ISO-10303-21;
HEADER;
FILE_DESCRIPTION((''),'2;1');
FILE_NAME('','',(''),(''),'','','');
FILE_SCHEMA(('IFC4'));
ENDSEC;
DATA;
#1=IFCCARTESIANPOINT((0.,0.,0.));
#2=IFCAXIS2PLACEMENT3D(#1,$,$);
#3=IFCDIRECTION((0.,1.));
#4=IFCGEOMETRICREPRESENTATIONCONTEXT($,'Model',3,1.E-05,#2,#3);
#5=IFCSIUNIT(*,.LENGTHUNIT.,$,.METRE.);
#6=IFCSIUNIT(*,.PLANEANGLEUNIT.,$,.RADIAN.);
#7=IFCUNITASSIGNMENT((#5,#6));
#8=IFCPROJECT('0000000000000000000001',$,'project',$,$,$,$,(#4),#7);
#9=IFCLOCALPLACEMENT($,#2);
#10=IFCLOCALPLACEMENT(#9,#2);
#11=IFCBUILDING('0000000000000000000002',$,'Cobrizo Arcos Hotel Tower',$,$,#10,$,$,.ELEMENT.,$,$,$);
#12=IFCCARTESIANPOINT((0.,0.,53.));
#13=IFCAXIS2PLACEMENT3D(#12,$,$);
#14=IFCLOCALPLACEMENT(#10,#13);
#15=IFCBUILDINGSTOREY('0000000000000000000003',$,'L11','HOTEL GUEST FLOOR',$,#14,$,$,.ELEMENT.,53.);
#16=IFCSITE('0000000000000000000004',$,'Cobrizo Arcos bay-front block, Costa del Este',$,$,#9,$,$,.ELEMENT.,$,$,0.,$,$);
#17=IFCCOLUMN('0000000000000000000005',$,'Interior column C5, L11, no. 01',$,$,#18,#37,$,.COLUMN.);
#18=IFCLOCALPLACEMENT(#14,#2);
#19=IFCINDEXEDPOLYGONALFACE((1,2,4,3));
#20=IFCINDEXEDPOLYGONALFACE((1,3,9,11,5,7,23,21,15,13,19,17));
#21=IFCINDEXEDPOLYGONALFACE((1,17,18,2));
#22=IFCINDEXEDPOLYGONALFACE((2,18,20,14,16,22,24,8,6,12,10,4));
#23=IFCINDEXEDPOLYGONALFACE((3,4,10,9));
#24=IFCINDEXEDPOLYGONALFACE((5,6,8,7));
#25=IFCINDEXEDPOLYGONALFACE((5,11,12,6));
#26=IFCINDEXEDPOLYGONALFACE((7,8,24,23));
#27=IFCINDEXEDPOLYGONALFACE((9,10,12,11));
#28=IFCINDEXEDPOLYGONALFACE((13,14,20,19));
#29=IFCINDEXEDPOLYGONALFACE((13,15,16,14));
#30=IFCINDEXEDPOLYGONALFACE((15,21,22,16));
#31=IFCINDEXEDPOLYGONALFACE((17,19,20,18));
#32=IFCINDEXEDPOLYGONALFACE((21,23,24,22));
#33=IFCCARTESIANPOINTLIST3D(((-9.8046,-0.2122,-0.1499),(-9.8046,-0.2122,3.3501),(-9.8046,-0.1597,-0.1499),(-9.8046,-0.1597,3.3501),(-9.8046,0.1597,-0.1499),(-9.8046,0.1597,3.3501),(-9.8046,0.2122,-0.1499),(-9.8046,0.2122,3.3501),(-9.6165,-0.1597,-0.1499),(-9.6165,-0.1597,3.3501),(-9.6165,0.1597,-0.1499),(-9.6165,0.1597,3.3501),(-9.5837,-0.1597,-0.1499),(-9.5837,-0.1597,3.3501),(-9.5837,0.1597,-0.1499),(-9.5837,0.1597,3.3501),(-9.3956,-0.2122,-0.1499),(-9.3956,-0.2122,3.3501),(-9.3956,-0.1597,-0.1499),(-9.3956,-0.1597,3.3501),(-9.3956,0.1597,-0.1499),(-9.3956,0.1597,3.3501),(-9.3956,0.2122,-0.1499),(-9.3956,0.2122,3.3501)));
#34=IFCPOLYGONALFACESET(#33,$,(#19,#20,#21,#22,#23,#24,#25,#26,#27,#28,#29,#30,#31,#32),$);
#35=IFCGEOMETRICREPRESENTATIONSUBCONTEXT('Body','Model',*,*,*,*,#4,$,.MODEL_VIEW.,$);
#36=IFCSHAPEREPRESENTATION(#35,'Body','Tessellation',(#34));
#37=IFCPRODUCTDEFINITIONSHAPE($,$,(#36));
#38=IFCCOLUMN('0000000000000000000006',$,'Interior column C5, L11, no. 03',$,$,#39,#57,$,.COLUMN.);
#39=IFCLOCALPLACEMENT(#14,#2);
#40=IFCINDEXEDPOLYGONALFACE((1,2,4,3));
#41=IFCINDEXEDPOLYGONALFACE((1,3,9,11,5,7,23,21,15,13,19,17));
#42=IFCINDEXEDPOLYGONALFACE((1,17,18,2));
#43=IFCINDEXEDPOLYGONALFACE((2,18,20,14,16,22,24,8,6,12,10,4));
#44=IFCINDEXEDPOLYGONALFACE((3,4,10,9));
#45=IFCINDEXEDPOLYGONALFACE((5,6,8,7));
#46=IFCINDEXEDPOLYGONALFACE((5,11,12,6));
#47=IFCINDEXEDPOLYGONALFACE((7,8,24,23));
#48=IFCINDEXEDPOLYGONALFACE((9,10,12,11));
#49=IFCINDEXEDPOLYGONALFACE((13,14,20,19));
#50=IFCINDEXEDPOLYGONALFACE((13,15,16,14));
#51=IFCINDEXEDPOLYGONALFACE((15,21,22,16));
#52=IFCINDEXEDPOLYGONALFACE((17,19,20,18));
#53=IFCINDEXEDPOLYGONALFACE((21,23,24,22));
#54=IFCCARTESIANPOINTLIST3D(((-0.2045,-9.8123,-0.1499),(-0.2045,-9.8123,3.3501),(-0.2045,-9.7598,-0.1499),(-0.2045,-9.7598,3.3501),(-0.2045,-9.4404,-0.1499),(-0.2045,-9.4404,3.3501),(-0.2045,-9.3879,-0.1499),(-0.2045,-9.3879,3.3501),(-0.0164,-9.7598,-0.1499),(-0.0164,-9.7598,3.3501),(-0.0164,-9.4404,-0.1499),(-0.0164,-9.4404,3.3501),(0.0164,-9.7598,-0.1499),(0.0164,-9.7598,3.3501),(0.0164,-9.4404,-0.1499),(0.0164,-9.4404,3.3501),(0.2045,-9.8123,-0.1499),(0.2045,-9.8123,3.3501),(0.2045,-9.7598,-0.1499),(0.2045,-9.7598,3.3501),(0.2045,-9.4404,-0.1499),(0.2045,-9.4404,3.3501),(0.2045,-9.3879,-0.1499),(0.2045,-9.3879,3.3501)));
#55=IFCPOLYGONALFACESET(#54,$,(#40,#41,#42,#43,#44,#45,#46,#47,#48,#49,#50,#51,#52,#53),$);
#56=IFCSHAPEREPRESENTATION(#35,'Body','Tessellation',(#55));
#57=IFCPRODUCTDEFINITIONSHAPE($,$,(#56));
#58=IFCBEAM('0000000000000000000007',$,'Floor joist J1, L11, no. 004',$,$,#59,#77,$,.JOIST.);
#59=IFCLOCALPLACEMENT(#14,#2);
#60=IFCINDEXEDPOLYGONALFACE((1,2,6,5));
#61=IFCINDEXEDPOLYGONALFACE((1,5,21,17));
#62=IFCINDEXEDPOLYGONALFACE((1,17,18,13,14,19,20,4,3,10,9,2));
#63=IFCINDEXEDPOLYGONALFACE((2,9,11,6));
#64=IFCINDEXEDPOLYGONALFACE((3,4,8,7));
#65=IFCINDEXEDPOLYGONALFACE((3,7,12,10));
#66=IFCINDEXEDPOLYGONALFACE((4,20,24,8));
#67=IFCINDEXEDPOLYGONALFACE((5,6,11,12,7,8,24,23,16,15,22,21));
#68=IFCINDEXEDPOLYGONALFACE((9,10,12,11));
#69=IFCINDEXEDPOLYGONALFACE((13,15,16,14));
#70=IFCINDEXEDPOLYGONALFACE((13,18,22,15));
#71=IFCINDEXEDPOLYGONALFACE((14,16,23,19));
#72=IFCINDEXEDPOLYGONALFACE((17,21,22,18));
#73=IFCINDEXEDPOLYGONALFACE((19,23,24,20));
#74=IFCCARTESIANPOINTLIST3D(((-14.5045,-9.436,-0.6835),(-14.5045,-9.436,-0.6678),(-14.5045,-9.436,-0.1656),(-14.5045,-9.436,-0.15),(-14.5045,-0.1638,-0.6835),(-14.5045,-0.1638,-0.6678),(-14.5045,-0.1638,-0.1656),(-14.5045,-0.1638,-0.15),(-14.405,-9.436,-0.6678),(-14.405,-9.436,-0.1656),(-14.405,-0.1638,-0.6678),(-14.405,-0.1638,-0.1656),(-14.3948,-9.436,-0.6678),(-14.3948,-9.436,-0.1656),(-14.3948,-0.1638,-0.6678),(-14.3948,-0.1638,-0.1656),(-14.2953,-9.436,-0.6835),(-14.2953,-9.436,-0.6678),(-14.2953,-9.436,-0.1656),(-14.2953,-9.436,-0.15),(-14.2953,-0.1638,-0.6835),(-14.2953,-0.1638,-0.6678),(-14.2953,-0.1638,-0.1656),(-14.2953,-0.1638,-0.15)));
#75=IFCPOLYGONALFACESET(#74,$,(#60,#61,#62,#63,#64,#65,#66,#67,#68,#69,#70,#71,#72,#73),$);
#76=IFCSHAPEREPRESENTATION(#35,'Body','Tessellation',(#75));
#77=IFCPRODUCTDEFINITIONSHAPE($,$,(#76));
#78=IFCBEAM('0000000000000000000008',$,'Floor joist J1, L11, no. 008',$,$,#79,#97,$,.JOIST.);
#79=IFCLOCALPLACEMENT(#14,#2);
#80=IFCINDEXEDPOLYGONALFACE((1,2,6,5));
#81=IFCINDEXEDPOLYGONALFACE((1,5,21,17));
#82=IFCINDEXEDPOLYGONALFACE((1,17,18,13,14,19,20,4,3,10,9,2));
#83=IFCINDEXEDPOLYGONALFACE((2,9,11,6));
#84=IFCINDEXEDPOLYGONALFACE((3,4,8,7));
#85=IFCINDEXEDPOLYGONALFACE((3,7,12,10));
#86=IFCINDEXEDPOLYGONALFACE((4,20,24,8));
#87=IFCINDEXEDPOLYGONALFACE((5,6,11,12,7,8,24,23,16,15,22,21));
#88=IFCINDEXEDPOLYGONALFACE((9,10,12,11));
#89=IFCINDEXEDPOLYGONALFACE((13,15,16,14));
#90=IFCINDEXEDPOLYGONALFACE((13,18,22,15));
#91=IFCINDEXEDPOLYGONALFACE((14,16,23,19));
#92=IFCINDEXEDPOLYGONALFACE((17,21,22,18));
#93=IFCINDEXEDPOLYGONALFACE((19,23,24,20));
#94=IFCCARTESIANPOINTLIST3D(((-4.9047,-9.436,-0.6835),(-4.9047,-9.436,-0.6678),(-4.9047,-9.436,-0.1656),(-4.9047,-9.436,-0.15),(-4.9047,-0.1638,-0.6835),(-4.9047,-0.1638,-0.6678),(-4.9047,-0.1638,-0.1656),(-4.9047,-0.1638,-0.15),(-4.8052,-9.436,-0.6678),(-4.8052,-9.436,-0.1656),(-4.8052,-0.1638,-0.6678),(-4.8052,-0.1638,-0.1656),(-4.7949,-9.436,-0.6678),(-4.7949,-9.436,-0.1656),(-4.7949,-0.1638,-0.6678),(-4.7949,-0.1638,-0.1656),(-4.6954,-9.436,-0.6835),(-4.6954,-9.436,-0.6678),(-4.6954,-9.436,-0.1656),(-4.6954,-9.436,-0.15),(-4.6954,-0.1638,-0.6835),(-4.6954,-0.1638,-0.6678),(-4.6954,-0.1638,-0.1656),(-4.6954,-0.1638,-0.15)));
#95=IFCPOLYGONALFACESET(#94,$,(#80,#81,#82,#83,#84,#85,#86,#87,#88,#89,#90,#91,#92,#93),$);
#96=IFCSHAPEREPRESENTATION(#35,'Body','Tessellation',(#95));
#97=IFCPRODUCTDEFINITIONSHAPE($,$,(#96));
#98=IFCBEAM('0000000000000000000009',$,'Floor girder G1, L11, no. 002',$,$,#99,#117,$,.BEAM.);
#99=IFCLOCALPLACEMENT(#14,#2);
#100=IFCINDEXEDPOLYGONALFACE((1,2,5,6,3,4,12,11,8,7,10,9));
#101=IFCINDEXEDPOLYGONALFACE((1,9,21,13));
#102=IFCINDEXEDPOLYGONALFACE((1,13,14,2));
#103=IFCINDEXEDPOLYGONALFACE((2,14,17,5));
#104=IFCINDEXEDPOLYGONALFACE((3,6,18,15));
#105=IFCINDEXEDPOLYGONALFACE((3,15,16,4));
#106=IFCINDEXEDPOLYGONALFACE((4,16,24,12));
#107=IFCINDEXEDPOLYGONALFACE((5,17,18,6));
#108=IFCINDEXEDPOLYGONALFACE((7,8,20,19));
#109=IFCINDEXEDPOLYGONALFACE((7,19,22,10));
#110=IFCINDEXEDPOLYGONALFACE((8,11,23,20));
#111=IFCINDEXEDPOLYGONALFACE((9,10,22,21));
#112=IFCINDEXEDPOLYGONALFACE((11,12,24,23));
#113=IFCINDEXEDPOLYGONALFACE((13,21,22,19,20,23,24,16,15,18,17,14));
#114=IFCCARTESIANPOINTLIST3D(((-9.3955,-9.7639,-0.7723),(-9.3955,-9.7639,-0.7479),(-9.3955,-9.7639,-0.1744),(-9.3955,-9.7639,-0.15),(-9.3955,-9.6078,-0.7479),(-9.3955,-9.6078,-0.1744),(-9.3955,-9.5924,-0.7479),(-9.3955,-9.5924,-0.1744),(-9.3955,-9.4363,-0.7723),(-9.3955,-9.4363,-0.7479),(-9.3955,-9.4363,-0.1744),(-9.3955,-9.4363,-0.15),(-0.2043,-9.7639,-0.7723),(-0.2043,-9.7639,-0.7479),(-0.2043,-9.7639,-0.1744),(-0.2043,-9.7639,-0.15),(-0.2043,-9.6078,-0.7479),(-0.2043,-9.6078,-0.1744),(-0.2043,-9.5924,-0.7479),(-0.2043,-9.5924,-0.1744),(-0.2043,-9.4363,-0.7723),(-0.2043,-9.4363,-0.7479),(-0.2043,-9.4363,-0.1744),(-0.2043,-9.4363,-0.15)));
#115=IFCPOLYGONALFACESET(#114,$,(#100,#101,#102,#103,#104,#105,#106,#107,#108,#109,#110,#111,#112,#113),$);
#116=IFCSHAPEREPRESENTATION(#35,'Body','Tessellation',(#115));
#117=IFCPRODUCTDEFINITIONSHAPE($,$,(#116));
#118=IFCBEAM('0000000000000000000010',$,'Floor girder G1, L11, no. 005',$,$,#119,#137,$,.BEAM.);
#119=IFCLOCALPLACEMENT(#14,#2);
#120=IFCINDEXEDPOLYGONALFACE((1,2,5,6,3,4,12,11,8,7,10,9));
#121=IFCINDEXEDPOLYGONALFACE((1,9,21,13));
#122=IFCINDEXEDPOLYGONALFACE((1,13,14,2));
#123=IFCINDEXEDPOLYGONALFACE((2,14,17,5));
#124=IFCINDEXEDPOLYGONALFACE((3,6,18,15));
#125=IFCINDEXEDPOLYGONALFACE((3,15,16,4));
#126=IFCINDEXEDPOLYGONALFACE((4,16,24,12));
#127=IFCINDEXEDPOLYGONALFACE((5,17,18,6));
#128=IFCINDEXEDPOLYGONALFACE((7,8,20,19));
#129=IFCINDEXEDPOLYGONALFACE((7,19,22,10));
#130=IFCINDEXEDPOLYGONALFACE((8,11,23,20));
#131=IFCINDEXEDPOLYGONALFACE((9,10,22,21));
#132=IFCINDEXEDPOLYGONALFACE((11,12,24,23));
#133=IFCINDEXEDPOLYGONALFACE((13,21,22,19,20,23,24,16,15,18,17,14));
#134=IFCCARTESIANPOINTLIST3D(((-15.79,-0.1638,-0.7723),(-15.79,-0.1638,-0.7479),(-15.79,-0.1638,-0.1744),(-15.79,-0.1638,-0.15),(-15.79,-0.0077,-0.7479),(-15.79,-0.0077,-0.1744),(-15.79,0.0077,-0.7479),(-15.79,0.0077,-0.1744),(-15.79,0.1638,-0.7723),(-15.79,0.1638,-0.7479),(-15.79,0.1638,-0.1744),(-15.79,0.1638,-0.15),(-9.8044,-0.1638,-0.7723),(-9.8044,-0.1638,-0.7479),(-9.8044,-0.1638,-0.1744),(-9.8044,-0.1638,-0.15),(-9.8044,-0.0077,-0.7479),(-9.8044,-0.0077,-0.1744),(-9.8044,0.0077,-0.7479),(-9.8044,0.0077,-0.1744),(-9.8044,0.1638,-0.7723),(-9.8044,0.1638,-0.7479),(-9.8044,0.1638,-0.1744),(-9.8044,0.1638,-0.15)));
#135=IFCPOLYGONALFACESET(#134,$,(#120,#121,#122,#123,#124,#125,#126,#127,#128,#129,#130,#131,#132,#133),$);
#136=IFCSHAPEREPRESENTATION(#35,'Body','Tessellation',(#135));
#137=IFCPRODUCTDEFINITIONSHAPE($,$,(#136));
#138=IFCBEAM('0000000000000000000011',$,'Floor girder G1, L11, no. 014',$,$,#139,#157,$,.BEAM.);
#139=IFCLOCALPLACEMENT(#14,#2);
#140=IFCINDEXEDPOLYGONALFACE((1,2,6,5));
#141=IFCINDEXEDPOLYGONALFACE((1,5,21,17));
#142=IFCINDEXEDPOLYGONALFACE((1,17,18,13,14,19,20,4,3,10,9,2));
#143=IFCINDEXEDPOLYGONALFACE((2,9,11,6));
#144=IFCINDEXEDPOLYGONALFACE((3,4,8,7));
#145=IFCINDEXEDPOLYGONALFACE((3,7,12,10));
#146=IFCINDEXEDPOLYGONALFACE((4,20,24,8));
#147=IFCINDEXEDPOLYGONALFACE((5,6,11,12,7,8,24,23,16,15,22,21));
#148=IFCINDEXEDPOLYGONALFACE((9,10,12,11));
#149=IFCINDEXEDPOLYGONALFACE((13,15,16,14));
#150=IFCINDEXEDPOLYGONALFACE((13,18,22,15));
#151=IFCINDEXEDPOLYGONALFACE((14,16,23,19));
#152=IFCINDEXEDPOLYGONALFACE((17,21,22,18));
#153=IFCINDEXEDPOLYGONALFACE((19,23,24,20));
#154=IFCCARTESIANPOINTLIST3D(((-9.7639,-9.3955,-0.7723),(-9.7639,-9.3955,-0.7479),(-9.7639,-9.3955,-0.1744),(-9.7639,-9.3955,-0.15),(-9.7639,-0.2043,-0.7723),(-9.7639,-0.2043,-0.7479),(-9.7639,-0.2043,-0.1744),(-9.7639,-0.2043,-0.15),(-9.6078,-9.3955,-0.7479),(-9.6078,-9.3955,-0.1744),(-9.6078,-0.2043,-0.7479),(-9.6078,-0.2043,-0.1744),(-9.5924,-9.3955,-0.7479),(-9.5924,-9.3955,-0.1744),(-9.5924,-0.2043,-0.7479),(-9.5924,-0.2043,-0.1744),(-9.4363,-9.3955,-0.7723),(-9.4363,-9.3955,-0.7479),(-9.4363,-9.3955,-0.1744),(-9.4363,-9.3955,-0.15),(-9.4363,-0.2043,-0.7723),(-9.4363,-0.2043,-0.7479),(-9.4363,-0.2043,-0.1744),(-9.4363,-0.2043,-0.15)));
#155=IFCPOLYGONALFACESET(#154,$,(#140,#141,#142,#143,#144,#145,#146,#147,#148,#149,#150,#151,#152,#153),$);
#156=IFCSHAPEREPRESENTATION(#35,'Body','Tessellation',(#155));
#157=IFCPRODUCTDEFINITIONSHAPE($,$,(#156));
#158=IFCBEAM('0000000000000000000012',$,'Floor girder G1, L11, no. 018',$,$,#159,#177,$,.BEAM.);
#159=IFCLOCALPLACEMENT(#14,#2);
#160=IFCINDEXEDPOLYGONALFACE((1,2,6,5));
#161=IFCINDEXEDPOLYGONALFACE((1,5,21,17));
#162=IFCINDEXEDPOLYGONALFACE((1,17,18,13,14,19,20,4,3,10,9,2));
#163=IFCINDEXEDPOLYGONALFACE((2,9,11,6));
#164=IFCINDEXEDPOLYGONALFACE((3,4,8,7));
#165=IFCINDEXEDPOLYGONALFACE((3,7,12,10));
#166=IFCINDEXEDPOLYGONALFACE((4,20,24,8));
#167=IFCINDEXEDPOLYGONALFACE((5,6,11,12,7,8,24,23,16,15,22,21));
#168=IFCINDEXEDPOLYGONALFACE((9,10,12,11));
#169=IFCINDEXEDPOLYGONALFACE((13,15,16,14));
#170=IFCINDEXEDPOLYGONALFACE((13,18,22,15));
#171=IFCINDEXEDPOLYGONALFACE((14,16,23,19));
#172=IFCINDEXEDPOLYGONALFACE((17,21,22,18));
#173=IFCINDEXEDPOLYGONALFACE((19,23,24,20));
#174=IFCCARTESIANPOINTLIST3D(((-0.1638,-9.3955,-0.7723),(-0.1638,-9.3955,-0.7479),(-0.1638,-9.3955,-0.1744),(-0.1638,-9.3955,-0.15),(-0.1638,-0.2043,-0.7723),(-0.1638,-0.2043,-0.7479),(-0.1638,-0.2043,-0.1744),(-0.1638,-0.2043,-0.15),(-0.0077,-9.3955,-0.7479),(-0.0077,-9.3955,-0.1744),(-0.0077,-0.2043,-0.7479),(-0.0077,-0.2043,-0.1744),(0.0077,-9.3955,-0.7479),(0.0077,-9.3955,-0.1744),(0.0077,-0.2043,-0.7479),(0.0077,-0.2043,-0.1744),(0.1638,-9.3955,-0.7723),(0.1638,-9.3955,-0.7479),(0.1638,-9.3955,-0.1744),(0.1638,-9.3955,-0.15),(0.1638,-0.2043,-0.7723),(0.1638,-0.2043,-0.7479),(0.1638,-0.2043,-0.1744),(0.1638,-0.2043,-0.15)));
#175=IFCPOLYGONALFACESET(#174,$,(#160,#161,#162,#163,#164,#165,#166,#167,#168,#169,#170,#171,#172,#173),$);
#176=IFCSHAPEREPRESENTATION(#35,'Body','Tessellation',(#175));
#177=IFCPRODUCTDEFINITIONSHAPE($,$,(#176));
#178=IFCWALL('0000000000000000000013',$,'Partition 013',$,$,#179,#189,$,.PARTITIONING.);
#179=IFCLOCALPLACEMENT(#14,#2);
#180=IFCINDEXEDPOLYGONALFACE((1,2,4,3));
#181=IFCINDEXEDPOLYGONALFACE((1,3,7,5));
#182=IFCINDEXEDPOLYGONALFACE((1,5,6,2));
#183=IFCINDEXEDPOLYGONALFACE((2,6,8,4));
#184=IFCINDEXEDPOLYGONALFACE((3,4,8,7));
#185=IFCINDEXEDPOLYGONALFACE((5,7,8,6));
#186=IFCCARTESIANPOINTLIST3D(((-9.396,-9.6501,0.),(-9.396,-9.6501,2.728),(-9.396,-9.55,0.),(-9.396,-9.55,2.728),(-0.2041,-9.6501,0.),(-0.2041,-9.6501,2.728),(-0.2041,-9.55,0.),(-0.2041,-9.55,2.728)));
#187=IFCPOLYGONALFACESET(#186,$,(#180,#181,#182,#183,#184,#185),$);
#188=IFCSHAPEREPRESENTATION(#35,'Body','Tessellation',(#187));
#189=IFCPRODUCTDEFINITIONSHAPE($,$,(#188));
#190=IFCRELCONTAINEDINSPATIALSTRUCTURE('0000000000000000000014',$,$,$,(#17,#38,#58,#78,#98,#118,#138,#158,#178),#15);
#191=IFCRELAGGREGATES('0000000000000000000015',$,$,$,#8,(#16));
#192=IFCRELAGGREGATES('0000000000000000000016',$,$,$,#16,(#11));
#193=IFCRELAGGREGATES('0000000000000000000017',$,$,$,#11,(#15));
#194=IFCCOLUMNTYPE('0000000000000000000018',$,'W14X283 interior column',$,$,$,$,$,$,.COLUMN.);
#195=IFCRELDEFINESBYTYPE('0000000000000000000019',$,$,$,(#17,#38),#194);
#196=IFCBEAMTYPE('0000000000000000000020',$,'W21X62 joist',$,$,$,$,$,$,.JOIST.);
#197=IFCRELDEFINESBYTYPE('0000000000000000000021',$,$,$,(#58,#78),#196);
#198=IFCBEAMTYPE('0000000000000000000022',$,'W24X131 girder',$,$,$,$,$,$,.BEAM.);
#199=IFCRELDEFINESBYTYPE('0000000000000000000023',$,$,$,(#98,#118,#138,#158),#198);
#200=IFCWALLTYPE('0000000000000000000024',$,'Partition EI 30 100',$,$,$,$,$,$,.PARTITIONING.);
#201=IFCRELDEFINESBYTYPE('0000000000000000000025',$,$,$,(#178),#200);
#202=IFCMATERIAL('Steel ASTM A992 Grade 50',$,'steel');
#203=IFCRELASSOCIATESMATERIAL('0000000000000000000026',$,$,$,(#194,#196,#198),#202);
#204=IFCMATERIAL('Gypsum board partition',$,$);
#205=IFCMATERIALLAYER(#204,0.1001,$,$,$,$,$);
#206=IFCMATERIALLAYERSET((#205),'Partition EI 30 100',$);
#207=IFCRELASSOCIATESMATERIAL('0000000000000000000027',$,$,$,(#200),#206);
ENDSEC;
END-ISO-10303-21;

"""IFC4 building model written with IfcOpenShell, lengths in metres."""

from ifc_helpers import new_model, si_unit, direction, frame, frame_2d, origin, origin_2d, place, context, subcontext, project, spatial, rectangle, i_section, extrude, material, layer, layer_set, material_profile, profile_set, type_object, element, save


model = new_model("IFC4")

# Units and contexts
model_context = context("Model", 3, precision=1e-05, world=origin(), true_north=direction((0.0, 1.0)))
body_context = subcontext(model_context, "Body", "Model", "MODEL_VIEW")
ifc_project = project(units=[si_unit("LENGTHUNIT", "METRE"), si_unit("PLANEANGLEUNIT", "RADIAN")], contexts=[model_context])

# Site, building, storey
site_placement = place(None, origin())
site = spatial("IfcSite", under=ifc_project, at=site_placement, Name="Cobrizo Arcos bay-front block, Costa del Este", CompositionType="ELEMENT", RefElevation=0.0)
building_placement = place(site_placement, origin())
building = spatial("IfcBuilding", under=site, at=building_placement, Name="Cobrizo Arcos Hotel Tower", CompositionType="ELEMENT")
storey_placement = place(building_placement, frame((0.0, 0.0, 53.0)))
storey = spatial("IfcBuildingStorey", under=building, at=storey_placement, Name="L11", Description="HOTEL GUEST FLOOR", CompositionType="ELEMENT", Elevation=53.0)

# Columns
ifc_material_1 = material(Name="Steel ASTM A992 Grade 50", Category="steel")
ifc_material_profile_1 = material_profile(ifc_material_1, i_section(OverallWidth=0.4089, OverallDepth=0.4243, WebThickness=0.0327, FlangeThickness=0.0525, at=origin_2d()), Name="W14X283")
ifc_profile_set_1 = profile_set([ifc_material_profile_1], Name="Steel ASTM A992 Grade 50")
column_type = type_object("IfcColumnType", Name="W14X283 interior column", PredefinedType="COLUMN", material=ifc_profile_set_1)
for number, where, z_axis, x_axis, name in (
    (1, (-9.6001, 0.0, -0.1499), (0.0, 0.0, 1.0), (1.0, 0.0, 0.0), "Interior column C5, L11, no. 01"),
    (2, (0.0, -9.6001, -0.1499), (0.0, 0.0, 1.0), (1.0, 0.0, 0.0), "Interior column C5, L11, no. 03"),
):
    element("IfcColumn", number, at=place(storey_placement, frame(where, z_axis=z_axis, x_axis=x_axis)), inside=storey, type_object=column_type, Name=name, PredefinedType="COLUMN", context=body_context, shape_type="SweptSolid", body=[
        extrude(i_section(OverallWidth=0.4089, OverallDepth=0.4243, WebThickness=0.0327, FlangeThickness=0.0525, at=origin_2d()), origin(), (0.0, 0.0, 1.0), 3.5),
    ])

# Beams
ifc_material_profile_2 = material_profile(ifc_material_1, i_section(OverallWidth=0.2092, OverallDepth=0.5334, WebThickness=0.0103, FlangeThickness=0.0156, at=origin_2d()), Name="W21X62")
ifc_profile_set_2 = profile_set([ifc_material_profile_2], Name="Steel ASTM A992 Grade 50")
beam_type_1 = type_object("IfcBeamType", Name="W21X62 joist", PredefinedType="JOIST", material=ifc_profile_set_2)
for number, where, z_axis, x_axis, name in (
    (3, (-14.3999, -9.436, -0.4167), (0.0, 1.0, 0.0), (-1.0, 0.0, 0.0), "Floor joist J1, L11, no. 004"),
    (4, (-4.8, -9.436, -0.4167), (0.0, 1.0, 0.0), (-1.0, 0.0, 0.0), "Floor joist J1, L11, no. 008"),
):
    element("IfcBeam", number, at=place(storey_placement, frame(where, z_axis=z_axis, x_axis=x_axis)), inside=storey, type_object=beam_type_1, Name=name, PredefinedType="JOIST", context=body_context, shape_type="SweptSolid", body=[
        extrude(i_section(OverallWidth=0.2092, OverallDepth=0.5334, WebThickness=0.0103, FlangeThickness=0.0156, at=origin_2d()), origin(), (0.0, 0.0, 1.0), 9.2722),
    ])
ifc_material_profile_3 = material_profile(ifc_material_1, i_section(OverallWidth=0.3276, OverallDepth=0.6223, WebThickness=0.0154, FlangeThickness=0.0244, at=origin_2d()), Name="W24X131")
ifc_profile_set_3 = profile_set([ifc_material_profile_3], Name="Steel ASTM A992 Grade 50")
beam_type_2 = type_object("IfcBeamType", Name="W24X131 girder", PredefinedType="BEAM", material=ifc_profile_set_3)
beam_1_placement = place(storey_placement, frame((-9.3955, -9.6001, -0.4612), z_axis=(1.0, 0.0, 0.0), x_axis=(0.0, 1.0, 0.0)))
element("IfcBeam", 5, at=beam_1_placement, inside=storey, type_object=beam_type_2, Name="Floor girder G1, L11, no. 002", PredefinedType="BEAM", context=body_context, shape_type="SweptSolid", body=[
    extrude(i_section(OverallWidth=0.3276, OverallDepth=0.6223, WebThickness=0.0154, FlangeThickness=0.0244, at=origin_2d()), origin(), (0.0, 0.0, 1.0), 9.1912),
])
beam_2_placement = place(storey_placement, frame((-15.79, 0.0, -0.4612), z_axis=(1.0, 0.0, 0.0), x_axis=(0.0, 1.0, 0.0)))
element("IfcBeam", 6, at=beam_2_placement, inside=storey, type_object=beam_type_2, Name="Floor girder G1, L11, no. 005", PredefinedType="BEAM", context=body_context, shape_type="SweptSolid", body=[
    extrude(i_section(OverallWidth=0.3276, OverallDepth=0.6223, WebThickness=0.0154, FlangeThickness=0.0244, at=origin_2d()), origin(), (0.0, 0.0, 1.0), 5.9856),
])
for number, where, z_axis, x_axis, name in (
    (7, (-9.6001, -9.3955, -0.4612), (0.0, 1.0, 0.0), (-1.0, 0.0, 0.0), "Floor girder G1, L11, no. 014"),
    (8, (0.0, -9.3955, -0.4612), (0.0, 1.0, 0.0), (-1.0, 0.0, 0.0), "Floor girder G1, L11, no. 018"),
):
    element("IfcBeam", number, at=place(storey_placement, frame(where, z_axis=z_axis, x_axis=x_axis)), inside=storey, type_object=beam_type_2, Name=name, PredefinedType="BEAM", context=body_context, shape_type="SweptSolid", body=[
        extrude(i_section(OverallWidth=0.3276, OverallDepth=0.6223, WebThickness=0.0154, FlangeThickness=0.0244, at=origin_2d()), origin(), (0.0, 0.0, 1.0), 9.1912),
    ])

# Wall
ifc_material_2 = material(Name="Gypsum board partition")
ifc_layer_1 = layer(ifc_material_2, 0.1001)
ifc_layer_set_1 = layer_set([ifc_layer_1], Name="Partition EI 30 100")
wall_type_1 = type_object("IfcWallType", Name="Partition EI 30 100", PredefinedType="PARTITIONING", material=ifc_layer_set_1)
wall_1_placement = place(storey_placement, frame((-9.396, -9.6001, 0.0), z_axis=(0.0, 0.0, 1.0), x_axis=(1.0, 0.0, 0.0)))
element("IfcWall", 9, at=wall_1_placement, inside=storey, type_object=wall_type_1, Name="Partition 013", PredefinedType="PARTITIONING", context=body_context, shape_type="SweptSolid", body=[
    extrude(rectangle(XDim=9.1919, YDim=0.1001, at=frame_2d((4.5959, 0.0))), origin(), (0.0, 0.0, 1.0), 2.728),
])

save(model, "model.ifc")
